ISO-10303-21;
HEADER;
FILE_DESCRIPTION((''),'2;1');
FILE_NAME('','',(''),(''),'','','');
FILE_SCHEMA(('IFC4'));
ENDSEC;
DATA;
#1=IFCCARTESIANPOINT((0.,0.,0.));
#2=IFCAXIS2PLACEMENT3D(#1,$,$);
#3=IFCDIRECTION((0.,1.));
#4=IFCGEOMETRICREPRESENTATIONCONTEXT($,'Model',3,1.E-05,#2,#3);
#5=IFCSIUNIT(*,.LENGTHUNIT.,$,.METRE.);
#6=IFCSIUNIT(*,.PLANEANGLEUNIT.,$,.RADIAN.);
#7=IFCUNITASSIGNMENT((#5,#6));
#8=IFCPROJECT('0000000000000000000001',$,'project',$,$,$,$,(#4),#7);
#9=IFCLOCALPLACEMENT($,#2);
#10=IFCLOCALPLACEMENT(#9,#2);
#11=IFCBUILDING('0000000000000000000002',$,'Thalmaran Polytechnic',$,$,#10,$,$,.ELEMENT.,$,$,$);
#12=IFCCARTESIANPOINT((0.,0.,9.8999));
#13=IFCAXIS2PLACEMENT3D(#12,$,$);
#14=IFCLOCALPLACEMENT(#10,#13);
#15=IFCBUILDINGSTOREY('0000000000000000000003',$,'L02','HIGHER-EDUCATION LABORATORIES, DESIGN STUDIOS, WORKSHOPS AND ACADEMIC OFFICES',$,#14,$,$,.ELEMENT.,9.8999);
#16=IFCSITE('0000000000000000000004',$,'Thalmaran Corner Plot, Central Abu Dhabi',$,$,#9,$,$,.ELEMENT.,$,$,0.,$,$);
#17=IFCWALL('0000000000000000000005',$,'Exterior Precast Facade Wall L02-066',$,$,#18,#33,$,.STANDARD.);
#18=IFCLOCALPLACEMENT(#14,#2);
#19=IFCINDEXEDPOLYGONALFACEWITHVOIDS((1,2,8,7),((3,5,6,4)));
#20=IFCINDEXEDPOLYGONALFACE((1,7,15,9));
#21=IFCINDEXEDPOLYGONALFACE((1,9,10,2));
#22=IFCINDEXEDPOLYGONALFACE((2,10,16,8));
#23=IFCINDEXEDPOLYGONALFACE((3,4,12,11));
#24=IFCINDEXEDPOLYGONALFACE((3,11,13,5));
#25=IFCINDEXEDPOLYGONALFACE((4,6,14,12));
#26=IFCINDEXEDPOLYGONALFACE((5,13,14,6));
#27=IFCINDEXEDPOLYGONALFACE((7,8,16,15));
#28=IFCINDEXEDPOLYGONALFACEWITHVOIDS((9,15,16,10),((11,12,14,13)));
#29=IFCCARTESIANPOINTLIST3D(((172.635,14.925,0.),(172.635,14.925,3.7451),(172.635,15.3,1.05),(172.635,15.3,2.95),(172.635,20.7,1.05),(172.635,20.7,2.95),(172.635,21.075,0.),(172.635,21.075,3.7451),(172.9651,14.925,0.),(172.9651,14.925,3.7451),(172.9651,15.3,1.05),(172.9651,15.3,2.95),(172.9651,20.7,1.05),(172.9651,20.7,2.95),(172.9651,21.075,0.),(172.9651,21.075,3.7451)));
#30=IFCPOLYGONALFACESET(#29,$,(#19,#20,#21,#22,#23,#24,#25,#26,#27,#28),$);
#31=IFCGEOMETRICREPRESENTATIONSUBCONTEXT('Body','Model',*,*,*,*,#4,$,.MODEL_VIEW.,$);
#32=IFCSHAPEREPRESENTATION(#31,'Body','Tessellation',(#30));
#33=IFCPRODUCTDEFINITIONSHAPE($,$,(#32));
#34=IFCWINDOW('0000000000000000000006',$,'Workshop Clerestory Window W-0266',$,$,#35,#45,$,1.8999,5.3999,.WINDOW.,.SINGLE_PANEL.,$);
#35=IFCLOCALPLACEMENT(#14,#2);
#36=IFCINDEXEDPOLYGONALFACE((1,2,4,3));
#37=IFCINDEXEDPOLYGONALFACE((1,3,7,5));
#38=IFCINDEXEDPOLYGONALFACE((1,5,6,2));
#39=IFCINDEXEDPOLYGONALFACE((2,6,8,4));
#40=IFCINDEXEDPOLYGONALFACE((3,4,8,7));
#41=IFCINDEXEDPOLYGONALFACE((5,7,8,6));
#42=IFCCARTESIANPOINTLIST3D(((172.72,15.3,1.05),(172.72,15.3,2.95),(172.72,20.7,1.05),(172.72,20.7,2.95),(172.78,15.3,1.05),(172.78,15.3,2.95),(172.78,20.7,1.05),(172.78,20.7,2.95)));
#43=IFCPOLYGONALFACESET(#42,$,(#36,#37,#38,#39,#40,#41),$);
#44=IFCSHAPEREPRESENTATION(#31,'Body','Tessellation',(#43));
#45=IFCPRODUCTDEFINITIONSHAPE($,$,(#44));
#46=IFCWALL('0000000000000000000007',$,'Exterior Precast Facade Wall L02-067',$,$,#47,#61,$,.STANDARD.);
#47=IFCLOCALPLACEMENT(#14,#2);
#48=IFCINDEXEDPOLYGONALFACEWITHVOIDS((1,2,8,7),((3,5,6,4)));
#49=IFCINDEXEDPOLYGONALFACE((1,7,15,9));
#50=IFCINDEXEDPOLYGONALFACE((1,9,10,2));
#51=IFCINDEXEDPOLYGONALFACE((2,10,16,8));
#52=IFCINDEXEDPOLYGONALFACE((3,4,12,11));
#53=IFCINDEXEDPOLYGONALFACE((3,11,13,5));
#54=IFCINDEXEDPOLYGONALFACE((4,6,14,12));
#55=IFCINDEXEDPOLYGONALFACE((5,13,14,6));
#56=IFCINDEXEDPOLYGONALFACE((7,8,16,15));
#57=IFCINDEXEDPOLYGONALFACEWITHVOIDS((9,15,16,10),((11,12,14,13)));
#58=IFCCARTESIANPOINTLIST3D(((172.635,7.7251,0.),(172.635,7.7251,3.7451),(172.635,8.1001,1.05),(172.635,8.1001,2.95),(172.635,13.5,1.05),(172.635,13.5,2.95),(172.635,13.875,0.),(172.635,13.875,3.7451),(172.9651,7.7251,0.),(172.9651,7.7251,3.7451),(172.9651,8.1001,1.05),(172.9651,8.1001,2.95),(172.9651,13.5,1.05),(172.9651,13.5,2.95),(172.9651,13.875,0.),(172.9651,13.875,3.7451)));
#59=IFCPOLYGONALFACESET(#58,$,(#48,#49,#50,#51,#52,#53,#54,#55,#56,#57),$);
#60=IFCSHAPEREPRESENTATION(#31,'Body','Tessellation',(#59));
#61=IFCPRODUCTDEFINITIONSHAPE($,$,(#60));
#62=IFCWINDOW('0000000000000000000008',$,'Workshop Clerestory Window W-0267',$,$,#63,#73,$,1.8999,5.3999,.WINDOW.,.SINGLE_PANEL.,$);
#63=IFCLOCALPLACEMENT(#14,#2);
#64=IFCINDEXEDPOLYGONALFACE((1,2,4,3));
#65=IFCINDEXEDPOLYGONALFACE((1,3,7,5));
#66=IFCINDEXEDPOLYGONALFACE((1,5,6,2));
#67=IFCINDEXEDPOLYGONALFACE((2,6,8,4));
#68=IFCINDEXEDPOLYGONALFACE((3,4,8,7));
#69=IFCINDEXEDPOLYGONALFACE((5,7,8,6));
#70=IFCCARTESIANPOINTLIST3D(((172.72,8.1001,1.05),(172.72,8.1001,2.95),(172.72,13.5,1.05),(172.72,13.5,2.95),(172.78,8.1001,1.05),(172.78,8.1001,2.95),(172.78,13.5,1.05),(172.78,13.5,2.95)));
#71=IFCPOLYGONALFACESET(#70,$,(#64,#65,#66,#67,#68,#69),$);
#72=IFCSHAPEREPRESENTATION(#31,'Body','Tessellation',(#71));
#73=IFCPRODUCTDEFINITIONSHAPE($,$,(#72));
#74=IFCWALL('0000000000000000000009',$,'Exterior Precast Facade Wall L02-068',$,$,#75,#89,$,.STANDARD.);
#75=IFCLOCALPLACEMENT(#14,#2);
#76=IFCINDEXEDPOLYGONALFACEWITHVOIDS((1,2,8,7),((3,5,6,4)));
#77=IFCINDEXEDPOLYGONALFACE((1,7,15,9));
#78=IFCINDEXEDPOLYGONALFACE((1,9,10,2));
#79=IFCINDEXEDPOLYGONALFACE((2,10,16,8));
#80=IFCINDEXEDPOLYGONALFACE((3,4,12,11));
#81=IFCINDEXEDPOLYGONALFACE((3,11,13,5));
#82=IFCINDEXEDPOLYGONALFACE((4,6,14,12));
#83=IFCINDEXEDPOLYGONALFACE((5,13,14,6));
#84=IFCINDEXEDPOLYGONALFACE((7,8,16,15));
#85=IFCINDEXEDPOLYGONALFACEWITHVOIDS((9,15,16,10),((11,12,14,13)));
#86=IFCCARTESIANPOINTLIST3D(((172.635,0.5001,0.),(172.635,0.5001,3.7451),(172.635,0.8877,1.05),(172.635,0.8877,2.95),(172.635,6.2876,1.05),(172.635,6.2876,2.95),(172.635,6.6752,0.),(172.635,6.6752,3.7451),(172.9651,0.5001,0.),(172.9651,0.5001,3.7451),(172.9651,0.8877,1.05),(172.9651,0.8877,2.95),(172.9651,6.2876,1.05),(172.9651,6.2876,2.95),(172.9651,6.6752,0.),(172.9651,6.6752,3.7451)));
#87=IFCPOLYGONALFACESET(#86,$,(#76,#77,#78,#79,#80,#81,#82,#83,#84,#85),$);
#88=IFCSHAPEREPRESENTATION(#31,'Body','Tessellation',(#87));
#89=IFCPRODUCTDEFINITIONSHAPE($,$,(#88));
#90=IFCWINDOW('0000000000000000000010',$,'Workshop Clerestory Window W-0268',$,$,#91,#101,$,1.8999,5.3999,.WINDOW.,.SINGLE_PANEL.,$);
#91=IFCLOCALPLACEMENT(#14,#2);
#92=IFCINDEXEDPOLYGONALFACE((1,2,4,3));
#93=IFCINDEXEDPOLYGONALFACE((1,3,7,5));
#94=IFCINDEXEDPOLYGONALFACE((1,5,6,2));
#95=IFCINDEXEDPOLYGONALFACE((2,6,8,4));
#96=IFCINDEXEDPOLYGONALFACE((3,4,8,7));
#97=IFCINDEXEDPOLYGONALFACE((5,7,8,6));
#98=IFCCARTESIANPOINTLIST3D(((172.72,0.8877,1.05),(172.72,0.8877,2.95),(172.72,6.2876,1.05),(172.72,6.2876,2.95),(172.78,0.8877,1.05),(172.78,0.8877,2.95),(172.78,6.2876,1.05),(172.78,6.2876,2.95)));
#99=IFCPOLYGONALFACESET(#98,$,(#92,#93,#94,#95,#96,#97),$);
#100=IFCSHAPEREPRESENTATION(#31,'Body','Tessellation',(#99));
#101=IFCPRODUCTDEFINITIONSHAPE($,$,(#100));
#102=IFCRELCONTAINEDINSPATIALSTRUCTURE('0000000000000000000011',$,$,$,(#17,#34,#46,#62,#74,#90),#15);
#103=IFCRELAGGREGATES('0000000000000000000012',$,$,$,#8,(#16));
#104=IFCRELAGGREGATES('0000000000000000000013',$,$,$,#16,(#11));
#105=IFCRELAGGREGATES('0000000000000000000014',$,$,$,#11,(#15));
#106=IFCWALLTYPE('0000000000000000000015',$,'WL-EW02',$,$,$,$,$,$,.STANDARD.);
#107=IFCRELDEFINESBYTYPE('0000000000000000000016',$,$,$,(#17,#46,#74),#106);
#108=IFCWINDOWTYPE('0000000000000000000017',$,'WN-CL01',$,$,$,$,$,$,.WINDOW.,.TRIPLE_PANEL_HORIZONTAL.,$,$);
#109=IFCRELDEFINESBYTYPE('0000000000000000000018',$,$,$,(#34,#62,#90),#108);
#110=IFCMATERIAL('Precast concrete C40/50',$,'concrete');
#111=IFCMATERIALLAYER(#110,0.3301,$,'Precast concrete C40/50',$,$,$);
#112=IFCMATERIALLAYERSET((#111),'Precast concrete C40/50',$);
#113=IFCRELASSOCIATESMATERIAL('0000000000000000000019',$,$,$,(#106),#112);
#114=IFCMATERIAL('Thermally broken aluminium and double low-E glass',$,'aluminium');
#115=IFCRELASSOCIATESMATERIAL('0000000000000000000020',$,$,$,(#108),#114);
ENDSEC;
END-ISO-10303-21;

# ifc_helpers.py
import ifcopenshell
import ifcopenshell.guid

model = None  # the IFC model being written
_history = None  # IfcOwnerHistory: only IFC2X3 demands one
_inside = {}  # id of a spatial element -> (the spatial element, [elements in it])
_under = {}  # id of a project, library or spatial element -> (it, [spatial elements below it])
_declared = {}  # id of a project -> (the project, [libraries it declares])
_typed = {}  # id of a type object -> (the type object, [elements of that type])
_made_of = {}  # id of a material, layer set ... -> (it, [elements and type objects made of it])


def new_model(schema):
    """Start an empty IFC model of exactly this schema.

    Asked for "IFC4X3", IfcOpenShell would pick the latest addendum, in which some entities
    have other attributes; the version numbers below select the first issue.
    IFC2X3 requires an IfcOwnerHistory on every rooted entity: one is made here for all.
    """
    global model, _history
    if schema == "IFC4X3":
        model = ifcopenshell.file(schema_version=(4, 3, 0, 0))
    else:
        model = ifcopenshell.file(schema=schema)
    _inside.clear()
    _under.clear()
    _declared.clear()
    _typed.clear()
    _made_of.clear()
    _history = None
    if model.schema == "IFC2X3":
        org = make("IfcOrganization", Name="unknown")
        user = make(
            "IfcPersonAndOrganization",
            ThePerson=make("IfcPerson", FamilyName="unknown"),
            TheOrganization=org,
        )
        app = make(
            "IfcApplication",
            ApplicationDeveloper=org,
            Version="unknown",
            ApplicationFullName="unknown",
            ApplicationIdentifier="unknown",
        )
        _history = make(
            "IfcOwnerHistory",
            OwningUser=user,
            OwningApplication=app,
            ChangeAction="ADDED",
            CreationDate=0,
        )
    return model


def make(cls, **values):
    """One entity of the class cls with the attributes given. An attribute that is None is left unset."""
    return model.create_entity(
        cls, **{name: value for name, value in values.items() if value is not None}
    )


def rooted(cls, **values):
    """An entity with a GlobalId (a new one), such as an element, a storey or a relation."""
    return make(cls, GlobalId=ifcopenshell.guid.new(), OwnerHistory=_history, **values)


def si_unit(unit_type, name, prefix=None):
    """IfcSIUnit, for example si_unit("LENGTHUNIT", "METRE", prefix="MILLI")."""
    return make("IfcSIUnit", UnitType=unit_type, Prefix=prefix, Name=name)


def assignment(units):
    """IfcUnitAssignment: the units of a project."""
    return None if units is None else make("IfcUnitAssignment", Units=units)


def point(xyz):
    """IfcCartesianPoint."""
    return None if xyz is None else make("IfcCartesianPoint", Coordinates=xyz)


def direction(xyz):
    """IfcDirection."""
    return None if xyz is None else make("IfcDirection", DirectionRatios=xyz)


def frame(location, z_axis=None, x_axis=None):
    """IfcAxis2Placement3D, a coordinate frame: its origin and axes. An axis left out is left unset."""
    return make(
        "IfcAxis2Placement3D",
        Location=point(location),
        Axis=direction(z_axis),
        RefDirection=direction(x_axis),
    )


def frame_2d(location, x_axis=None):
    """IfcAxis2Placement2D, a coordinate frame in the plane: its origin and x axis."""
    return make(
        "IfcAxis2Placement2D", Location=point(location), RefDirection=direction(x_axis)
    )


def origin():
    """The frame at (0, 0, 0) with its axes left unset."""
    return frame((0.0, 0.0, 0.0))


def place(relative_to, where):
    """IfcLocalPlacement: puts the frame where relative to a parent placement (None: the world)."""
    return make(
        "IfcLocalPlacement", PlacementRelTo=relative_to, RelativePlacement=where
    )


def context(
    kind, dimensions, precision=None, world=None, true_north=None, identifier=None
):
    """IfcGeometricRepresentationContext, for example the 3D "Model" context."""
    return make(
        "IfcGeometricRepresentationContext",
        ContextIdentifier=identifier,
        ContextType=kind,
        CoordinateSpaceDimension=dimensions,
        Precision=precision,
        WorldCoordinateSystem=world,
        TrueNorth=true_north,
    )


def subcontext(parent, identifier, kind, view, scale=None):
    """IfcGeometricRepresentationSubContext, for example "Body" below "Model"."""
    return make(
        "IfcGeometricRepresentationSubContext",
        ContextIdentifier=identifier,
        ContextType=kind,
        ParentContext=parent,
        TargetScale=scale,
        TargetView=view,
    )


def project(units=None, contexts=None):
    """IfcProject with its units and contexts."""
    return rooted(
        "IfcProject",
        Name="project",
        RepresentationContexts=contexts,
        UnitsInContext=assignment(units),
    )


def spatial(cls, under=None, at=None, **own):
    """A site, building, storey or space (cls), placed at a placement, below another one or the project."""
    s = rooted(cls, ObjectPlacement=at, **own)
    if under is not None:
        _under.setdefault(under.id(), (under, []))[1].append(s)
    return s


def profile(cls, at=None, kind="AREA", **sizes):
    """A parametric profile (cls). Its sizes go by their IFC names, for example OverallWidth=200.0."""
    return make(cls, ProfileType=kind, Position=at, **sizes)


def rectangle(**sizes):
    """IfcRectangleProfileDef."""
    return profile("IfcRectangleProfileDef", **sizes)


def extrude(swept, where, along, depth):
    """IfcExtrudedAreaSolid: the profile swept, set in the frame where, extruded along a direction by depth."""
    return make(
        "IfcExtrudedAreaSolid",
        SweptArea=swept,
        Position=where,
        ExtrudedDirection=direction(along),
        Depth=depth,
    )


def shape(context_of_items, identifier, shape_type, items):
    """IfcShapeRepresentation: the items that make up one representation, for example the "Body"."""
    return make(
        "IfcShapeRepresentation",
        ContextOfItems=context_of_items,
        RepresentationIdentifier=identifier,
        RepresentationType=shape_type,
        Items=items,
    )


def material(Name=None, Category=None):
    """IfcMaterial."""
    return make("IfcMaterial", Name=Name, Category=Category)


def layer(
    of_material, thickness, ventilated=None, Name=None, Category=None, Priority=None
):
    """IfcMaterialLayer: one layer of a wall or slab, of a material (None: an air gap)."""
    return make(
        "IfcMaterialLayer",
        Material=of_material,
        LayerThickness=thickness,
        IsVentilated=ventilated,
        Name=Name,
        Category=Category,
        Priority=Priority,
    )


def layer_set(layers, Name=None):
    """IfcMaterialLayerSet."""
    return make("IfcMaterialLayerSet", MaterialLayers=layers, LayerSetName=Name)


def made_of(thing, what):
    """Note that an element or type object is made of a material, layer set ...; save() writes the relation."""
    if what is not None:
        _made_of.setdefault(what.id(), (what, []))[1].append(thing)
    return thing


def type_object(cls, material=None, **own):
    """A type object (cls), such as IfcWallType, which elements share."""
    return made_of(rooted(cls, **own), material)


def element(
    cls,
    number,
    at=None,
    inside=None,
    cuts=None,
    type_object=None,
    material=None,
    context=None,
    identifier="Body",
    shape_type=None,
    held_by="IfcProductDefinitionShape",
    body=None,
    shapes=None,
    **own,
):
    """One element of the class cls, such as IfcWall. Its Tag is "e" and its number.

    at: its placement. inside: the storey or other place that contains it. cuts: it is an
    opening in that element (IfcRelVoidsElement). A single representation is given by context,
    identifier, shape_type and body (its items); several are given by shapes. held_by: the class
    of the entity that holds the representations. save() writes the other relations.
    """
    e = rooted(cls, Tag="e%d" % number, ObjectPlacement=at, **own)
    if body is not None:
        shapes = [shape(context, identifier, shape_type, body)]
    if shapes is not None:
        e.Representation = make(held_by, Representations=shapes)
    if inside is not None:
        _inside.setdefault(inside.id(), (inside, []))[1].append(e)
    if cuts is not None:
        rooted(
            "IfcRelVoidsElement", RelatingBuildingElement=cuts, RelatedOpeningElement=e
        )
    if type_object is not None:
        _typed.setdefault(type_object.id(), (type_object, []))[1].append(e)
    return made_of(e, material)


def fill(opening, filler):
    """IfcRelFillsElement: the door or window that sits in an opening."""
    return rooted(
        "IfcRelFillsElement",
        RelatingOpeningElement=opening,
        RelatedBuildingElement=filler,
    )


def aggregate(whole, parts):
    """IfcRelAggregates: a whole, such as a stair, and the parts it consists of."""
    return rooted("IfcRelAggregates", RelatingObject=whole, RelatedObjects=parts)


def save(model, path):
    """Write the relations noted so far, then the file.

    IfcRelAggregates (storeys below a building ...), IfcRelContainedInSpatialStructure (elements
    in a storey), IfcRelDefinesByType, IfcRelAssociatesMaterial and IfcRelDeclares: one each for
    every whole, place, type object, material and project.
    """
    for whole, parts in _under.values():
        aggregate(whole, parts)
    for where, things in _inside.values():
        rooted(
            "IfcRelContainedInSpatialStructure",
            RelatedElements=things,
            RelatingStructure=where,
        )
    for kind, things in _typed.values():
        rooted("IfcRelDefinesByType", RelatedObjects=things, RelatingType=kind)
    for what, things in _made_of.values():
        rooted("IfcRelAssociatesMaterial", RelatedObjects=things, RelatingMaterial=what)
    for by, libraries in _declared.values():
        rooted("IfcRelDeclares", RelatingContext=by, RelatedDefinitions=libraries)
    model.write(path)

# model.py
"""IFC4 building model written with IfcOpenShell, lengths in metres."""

from ifc_helpers import new_model, si_unit, direction, frame, frame_2d, origin, place, context, subcontext, project, spatial, rectangle, extrude, material, layer, layer_set, type_object, element, fill, save


model = new_model("IFC4")

# Units and contexts
model_context = context("Model", 3, precision=1e-05, world=origin(), true_north=direction((0.0, 1.0)))
body_context = subcontext(model_context, "Body", "Model", "MODEL_VIEW")
ifc_project = project(units=[si_unit("LENGTHUNIT", "METRE"), si_unit("PLANEANGLEUNIT", "RADIAN")], contexts=[model_context])

# Site, building, storey
site_placement = place(None, origin())
site = spatial("IfcSite", under=ifc_project, at=site_placement, Name="Thalmaran Corner Plot, Central Abu Dhabi", CompositionType="ELEMENT", RefElevation=0.0)
building_placement = place(site_placement, origin())
building = spatial("IfcBuilding", under=site, at=building_placement, Name="Thalmaran Polytechnic", CompositionType="ELEMENT")
storey_placement = place(building_placement, frame((0.0, 0.0, 9.8999)))
storey = spatial("IfcBuildingStorey", under=building, at=storey_placement, Name="L02", Description="HIGHER-EDUCATION LABORATORIES, DESIGN STUDIOS, WORKSHOPS AND ACADEMIC OFFICES", CompositionType="ELEMENT", Elevation=9.8999)

# Walls, openings, windows
ifc_material_1 = material(Name="Precast concrete C40/50", Category="concrete")
ifc_layer_1 = layer(ifc_material_1, 0.3301, Name="Precast concrete C40/50")
ifc_layer_set_1 = layer_set([ifc_layer_1], Name="Precast concrete C40/50")
wall_type = type_object("IfcWallType", Name="WL-EW02", PredefinedType="STANDARD", material=ifc_layer_set_1)
wall_1_placement = place(storey_placement, frame((172.8, 21.075, 0.0), z_axis=(0.0, 0.0, 1.0), x_axis=(0.0, -1.0, 0.0)))
wall_1 = element("IfcWall", 1, at=wall_1_placement, inside=storey, type_object=wall_type, Name="Exterior Precast Facade Wall L02-066", PredefinedType="STANDARD", context=body_context, shape_type="SweptSolid", body=[
    extrude(rectangle(XDim=6.1499, YDim=0.3301, at=frame_2d((3.075, 0.0))), origin(), (0.0, 0.0, 1.0), 3.7451),
])
opening_1_placement = place(wall_1_placement, frame((0.375, 0.0, 1.05)))
opening_1 = element("IfcOpeningElement", 2, at=opening_1_placement, cuts=wall_1, PredefinedType="OPENING", context=body_context, shape_type="SweptSolid", body=[
    extrude(rectangle(XDim=5.3999, YDim=1.8999, at=frame_2d((2.7, 0.95))), frame((0.0, 0.175, 0.0), z_axis=(0.0, -1.0, 0.0), x_axis=(1.0, 0.0, 0.0)), (0.0, 0.0, 1.0), 0.3501),
])
ifc_material_2 = material(Name="Thermally broken aluminium and double low-E glass", Category="aluminium")
window_type = type_object("IfcWindowType", Name="WN-CL01", PartitioningType="TRIPLE_PANEL_HORIZONTAL", PredefinedType="WINDOW", material=ifc_material_2)
window_1_placement = place(opening_1_placement, origin())
window_1 = element("IfcWindow", 3, at=window_1_placement, inside=storey, type_object=window_type, Name="Workshop Clerestory Window W-0266", OverallHeight=1.8999, OverallWidth=5.3999, PartitioningType="SINGLE_PANEL", PredefinedType="WINDOW", context=body_context, shape_type="SweptSolid", body=[
    extrude(rectangle(XDim=5.3999, YDim=1.8999, at=frame_2d((2.7, 0.95))), frame((0.0, -0.02, 0.0), z_axis=(0.0, -1.0, 0.0), x_axis=(1.0, 0.0, 0.0)), (0.0, 0.0, 1.0), 0.0601),
])
fill(opening_1, window_1)
wall_2_placement = place(storey_placement, frame((172.8, 13.875, 0.0), z_axis=(0.0, 0.0, 1.0), x_axis=(0.0, -1.0, 0.0)))
wall_2 = element("IfcWall", 4, at=wall_2_placement, inside=storey, type_object=wall_type, Name="Exterior Precast Facade Wall L02-067", PredefinedType="STANDARD", context=body_context, shape_type="SweptSolid", body=[
    extrude(rectangle(XDim=6.1499, YDim=0.3301, at=frame_2d((3.075, 0.0))), origin(), (0.0, 0.0, 1.0), 3.7451),
])
opening_2_placement = place(wall_2_placement, frame((0.375, 0.0, 1.05)))
opening_2 = element("IfcOpeningElement", 5, at=opening_2_placement, cuts=wall_2, PredefinedType="OPENING", context=body_context, shape_type="SweptSolid", body=[
    extrude(rectangle(XDim=5.3999, YDim=1.8999, at=frame_2d((2.7, 0.95))), frame((0.0, 0.175, 0.0), z_axis=(0.0, -1.0, 0.0), x_axis=(1.0, 0.0, 0.0)), (0.0, 0.0, 1.0), 0.3501),
])
window_2_placement = place(opening_2_placement, origin())
window_2 = element("IfcWindow", 6, at=window_2_placement, inside=storey, type_object=window_type, Name="Workshop Clerestory Window W-0267", OverallHeight=1.8999, OverallWidth=5.3999, PartitioningType="SINGLE_PANEL", PredefinedType="WINDOW", context=body_context, shape_type="SweptSolid", body=[
    extrude(rectangle(XDim=5.3999, YDim=1.8999, at=frame_2d((2.7, 0.95))), frame((0.0, -0.02, 0.0), z_axis=(0.0, -1.0, 0.0), x_axis=(1.0, 0.0, 0.0)), (0.0, 0.0, 1.0), 0.0601),
])
fill(opening_2, window_2)
wall_3_placement = place(storey_placement, frame((172.8, 6.675, 0.0), z_axis=(0.0, 0.0, 1.0), x_axis=(0.0, -1.0, 0.0)))
wall_3 = element("IfcWall", 7, at=wall_3_placement, inside=storey, type_object=wall_type, Name="Exterior Precast Facade Wall L02-068", PredefinedType="STANDARD", context=body_context, shape_type="SweptSolid", body=[
    extrude(rectangle(XDim=6.175, YDim=0.3301, at=frame_2d((3.0874, 0.0))), origin(), (0.0, 0.0, 1.0), 3.7451),
])
opening_3_placement = place(wall_3_placement, frame((0.3875, 0.0, 1.05)))
opening_3 = element("IfcOpeningElement", 8, at=opening_3_placement, cuts=wall_3, PredefinedType="OPENING", context=body_context, shape_type="SweptSolid", body=[
    extrude(rectangle(XDim=5.3999, YDim=1.8999, at=frame_2d((2.7, 0.95))), frame((0.0, 0.175, 0.0), z_axis=(0.0, -1.0, 0.0), x_axis=(1.0, 0.0, 0.0)), (0.0, 0.0, 1.0), 0.3501),
])
window_3_placement = place(opening_3_placement, origin())
window_3 = element("IfcWindow", 9, at=window_3_placement, inside=storey, type_object=window_type, Name="Workshop Clerestory Window W-0268", OverallHeight=1.8999, OverallWidth=5.3999, PartitioningType="SINGLE_PANEL", PredefinedType="WINDOW", context=body_context, shape_type="SweptSolid", body=[
    extrude(rectangle(XDim=5.3999, YDim=1.8999, at=frame_2d((2.7, 0.95))), frame((0.0, -0.02, 0.0), z_axis=(0.0, -1.0, 0.0), x_axis=(1.0, 0.0, 0.0)), (0.0, 0.0, 1.0), 0.0601),
])
fill(opening_3, window_3)

save(model, "model.ifc")
